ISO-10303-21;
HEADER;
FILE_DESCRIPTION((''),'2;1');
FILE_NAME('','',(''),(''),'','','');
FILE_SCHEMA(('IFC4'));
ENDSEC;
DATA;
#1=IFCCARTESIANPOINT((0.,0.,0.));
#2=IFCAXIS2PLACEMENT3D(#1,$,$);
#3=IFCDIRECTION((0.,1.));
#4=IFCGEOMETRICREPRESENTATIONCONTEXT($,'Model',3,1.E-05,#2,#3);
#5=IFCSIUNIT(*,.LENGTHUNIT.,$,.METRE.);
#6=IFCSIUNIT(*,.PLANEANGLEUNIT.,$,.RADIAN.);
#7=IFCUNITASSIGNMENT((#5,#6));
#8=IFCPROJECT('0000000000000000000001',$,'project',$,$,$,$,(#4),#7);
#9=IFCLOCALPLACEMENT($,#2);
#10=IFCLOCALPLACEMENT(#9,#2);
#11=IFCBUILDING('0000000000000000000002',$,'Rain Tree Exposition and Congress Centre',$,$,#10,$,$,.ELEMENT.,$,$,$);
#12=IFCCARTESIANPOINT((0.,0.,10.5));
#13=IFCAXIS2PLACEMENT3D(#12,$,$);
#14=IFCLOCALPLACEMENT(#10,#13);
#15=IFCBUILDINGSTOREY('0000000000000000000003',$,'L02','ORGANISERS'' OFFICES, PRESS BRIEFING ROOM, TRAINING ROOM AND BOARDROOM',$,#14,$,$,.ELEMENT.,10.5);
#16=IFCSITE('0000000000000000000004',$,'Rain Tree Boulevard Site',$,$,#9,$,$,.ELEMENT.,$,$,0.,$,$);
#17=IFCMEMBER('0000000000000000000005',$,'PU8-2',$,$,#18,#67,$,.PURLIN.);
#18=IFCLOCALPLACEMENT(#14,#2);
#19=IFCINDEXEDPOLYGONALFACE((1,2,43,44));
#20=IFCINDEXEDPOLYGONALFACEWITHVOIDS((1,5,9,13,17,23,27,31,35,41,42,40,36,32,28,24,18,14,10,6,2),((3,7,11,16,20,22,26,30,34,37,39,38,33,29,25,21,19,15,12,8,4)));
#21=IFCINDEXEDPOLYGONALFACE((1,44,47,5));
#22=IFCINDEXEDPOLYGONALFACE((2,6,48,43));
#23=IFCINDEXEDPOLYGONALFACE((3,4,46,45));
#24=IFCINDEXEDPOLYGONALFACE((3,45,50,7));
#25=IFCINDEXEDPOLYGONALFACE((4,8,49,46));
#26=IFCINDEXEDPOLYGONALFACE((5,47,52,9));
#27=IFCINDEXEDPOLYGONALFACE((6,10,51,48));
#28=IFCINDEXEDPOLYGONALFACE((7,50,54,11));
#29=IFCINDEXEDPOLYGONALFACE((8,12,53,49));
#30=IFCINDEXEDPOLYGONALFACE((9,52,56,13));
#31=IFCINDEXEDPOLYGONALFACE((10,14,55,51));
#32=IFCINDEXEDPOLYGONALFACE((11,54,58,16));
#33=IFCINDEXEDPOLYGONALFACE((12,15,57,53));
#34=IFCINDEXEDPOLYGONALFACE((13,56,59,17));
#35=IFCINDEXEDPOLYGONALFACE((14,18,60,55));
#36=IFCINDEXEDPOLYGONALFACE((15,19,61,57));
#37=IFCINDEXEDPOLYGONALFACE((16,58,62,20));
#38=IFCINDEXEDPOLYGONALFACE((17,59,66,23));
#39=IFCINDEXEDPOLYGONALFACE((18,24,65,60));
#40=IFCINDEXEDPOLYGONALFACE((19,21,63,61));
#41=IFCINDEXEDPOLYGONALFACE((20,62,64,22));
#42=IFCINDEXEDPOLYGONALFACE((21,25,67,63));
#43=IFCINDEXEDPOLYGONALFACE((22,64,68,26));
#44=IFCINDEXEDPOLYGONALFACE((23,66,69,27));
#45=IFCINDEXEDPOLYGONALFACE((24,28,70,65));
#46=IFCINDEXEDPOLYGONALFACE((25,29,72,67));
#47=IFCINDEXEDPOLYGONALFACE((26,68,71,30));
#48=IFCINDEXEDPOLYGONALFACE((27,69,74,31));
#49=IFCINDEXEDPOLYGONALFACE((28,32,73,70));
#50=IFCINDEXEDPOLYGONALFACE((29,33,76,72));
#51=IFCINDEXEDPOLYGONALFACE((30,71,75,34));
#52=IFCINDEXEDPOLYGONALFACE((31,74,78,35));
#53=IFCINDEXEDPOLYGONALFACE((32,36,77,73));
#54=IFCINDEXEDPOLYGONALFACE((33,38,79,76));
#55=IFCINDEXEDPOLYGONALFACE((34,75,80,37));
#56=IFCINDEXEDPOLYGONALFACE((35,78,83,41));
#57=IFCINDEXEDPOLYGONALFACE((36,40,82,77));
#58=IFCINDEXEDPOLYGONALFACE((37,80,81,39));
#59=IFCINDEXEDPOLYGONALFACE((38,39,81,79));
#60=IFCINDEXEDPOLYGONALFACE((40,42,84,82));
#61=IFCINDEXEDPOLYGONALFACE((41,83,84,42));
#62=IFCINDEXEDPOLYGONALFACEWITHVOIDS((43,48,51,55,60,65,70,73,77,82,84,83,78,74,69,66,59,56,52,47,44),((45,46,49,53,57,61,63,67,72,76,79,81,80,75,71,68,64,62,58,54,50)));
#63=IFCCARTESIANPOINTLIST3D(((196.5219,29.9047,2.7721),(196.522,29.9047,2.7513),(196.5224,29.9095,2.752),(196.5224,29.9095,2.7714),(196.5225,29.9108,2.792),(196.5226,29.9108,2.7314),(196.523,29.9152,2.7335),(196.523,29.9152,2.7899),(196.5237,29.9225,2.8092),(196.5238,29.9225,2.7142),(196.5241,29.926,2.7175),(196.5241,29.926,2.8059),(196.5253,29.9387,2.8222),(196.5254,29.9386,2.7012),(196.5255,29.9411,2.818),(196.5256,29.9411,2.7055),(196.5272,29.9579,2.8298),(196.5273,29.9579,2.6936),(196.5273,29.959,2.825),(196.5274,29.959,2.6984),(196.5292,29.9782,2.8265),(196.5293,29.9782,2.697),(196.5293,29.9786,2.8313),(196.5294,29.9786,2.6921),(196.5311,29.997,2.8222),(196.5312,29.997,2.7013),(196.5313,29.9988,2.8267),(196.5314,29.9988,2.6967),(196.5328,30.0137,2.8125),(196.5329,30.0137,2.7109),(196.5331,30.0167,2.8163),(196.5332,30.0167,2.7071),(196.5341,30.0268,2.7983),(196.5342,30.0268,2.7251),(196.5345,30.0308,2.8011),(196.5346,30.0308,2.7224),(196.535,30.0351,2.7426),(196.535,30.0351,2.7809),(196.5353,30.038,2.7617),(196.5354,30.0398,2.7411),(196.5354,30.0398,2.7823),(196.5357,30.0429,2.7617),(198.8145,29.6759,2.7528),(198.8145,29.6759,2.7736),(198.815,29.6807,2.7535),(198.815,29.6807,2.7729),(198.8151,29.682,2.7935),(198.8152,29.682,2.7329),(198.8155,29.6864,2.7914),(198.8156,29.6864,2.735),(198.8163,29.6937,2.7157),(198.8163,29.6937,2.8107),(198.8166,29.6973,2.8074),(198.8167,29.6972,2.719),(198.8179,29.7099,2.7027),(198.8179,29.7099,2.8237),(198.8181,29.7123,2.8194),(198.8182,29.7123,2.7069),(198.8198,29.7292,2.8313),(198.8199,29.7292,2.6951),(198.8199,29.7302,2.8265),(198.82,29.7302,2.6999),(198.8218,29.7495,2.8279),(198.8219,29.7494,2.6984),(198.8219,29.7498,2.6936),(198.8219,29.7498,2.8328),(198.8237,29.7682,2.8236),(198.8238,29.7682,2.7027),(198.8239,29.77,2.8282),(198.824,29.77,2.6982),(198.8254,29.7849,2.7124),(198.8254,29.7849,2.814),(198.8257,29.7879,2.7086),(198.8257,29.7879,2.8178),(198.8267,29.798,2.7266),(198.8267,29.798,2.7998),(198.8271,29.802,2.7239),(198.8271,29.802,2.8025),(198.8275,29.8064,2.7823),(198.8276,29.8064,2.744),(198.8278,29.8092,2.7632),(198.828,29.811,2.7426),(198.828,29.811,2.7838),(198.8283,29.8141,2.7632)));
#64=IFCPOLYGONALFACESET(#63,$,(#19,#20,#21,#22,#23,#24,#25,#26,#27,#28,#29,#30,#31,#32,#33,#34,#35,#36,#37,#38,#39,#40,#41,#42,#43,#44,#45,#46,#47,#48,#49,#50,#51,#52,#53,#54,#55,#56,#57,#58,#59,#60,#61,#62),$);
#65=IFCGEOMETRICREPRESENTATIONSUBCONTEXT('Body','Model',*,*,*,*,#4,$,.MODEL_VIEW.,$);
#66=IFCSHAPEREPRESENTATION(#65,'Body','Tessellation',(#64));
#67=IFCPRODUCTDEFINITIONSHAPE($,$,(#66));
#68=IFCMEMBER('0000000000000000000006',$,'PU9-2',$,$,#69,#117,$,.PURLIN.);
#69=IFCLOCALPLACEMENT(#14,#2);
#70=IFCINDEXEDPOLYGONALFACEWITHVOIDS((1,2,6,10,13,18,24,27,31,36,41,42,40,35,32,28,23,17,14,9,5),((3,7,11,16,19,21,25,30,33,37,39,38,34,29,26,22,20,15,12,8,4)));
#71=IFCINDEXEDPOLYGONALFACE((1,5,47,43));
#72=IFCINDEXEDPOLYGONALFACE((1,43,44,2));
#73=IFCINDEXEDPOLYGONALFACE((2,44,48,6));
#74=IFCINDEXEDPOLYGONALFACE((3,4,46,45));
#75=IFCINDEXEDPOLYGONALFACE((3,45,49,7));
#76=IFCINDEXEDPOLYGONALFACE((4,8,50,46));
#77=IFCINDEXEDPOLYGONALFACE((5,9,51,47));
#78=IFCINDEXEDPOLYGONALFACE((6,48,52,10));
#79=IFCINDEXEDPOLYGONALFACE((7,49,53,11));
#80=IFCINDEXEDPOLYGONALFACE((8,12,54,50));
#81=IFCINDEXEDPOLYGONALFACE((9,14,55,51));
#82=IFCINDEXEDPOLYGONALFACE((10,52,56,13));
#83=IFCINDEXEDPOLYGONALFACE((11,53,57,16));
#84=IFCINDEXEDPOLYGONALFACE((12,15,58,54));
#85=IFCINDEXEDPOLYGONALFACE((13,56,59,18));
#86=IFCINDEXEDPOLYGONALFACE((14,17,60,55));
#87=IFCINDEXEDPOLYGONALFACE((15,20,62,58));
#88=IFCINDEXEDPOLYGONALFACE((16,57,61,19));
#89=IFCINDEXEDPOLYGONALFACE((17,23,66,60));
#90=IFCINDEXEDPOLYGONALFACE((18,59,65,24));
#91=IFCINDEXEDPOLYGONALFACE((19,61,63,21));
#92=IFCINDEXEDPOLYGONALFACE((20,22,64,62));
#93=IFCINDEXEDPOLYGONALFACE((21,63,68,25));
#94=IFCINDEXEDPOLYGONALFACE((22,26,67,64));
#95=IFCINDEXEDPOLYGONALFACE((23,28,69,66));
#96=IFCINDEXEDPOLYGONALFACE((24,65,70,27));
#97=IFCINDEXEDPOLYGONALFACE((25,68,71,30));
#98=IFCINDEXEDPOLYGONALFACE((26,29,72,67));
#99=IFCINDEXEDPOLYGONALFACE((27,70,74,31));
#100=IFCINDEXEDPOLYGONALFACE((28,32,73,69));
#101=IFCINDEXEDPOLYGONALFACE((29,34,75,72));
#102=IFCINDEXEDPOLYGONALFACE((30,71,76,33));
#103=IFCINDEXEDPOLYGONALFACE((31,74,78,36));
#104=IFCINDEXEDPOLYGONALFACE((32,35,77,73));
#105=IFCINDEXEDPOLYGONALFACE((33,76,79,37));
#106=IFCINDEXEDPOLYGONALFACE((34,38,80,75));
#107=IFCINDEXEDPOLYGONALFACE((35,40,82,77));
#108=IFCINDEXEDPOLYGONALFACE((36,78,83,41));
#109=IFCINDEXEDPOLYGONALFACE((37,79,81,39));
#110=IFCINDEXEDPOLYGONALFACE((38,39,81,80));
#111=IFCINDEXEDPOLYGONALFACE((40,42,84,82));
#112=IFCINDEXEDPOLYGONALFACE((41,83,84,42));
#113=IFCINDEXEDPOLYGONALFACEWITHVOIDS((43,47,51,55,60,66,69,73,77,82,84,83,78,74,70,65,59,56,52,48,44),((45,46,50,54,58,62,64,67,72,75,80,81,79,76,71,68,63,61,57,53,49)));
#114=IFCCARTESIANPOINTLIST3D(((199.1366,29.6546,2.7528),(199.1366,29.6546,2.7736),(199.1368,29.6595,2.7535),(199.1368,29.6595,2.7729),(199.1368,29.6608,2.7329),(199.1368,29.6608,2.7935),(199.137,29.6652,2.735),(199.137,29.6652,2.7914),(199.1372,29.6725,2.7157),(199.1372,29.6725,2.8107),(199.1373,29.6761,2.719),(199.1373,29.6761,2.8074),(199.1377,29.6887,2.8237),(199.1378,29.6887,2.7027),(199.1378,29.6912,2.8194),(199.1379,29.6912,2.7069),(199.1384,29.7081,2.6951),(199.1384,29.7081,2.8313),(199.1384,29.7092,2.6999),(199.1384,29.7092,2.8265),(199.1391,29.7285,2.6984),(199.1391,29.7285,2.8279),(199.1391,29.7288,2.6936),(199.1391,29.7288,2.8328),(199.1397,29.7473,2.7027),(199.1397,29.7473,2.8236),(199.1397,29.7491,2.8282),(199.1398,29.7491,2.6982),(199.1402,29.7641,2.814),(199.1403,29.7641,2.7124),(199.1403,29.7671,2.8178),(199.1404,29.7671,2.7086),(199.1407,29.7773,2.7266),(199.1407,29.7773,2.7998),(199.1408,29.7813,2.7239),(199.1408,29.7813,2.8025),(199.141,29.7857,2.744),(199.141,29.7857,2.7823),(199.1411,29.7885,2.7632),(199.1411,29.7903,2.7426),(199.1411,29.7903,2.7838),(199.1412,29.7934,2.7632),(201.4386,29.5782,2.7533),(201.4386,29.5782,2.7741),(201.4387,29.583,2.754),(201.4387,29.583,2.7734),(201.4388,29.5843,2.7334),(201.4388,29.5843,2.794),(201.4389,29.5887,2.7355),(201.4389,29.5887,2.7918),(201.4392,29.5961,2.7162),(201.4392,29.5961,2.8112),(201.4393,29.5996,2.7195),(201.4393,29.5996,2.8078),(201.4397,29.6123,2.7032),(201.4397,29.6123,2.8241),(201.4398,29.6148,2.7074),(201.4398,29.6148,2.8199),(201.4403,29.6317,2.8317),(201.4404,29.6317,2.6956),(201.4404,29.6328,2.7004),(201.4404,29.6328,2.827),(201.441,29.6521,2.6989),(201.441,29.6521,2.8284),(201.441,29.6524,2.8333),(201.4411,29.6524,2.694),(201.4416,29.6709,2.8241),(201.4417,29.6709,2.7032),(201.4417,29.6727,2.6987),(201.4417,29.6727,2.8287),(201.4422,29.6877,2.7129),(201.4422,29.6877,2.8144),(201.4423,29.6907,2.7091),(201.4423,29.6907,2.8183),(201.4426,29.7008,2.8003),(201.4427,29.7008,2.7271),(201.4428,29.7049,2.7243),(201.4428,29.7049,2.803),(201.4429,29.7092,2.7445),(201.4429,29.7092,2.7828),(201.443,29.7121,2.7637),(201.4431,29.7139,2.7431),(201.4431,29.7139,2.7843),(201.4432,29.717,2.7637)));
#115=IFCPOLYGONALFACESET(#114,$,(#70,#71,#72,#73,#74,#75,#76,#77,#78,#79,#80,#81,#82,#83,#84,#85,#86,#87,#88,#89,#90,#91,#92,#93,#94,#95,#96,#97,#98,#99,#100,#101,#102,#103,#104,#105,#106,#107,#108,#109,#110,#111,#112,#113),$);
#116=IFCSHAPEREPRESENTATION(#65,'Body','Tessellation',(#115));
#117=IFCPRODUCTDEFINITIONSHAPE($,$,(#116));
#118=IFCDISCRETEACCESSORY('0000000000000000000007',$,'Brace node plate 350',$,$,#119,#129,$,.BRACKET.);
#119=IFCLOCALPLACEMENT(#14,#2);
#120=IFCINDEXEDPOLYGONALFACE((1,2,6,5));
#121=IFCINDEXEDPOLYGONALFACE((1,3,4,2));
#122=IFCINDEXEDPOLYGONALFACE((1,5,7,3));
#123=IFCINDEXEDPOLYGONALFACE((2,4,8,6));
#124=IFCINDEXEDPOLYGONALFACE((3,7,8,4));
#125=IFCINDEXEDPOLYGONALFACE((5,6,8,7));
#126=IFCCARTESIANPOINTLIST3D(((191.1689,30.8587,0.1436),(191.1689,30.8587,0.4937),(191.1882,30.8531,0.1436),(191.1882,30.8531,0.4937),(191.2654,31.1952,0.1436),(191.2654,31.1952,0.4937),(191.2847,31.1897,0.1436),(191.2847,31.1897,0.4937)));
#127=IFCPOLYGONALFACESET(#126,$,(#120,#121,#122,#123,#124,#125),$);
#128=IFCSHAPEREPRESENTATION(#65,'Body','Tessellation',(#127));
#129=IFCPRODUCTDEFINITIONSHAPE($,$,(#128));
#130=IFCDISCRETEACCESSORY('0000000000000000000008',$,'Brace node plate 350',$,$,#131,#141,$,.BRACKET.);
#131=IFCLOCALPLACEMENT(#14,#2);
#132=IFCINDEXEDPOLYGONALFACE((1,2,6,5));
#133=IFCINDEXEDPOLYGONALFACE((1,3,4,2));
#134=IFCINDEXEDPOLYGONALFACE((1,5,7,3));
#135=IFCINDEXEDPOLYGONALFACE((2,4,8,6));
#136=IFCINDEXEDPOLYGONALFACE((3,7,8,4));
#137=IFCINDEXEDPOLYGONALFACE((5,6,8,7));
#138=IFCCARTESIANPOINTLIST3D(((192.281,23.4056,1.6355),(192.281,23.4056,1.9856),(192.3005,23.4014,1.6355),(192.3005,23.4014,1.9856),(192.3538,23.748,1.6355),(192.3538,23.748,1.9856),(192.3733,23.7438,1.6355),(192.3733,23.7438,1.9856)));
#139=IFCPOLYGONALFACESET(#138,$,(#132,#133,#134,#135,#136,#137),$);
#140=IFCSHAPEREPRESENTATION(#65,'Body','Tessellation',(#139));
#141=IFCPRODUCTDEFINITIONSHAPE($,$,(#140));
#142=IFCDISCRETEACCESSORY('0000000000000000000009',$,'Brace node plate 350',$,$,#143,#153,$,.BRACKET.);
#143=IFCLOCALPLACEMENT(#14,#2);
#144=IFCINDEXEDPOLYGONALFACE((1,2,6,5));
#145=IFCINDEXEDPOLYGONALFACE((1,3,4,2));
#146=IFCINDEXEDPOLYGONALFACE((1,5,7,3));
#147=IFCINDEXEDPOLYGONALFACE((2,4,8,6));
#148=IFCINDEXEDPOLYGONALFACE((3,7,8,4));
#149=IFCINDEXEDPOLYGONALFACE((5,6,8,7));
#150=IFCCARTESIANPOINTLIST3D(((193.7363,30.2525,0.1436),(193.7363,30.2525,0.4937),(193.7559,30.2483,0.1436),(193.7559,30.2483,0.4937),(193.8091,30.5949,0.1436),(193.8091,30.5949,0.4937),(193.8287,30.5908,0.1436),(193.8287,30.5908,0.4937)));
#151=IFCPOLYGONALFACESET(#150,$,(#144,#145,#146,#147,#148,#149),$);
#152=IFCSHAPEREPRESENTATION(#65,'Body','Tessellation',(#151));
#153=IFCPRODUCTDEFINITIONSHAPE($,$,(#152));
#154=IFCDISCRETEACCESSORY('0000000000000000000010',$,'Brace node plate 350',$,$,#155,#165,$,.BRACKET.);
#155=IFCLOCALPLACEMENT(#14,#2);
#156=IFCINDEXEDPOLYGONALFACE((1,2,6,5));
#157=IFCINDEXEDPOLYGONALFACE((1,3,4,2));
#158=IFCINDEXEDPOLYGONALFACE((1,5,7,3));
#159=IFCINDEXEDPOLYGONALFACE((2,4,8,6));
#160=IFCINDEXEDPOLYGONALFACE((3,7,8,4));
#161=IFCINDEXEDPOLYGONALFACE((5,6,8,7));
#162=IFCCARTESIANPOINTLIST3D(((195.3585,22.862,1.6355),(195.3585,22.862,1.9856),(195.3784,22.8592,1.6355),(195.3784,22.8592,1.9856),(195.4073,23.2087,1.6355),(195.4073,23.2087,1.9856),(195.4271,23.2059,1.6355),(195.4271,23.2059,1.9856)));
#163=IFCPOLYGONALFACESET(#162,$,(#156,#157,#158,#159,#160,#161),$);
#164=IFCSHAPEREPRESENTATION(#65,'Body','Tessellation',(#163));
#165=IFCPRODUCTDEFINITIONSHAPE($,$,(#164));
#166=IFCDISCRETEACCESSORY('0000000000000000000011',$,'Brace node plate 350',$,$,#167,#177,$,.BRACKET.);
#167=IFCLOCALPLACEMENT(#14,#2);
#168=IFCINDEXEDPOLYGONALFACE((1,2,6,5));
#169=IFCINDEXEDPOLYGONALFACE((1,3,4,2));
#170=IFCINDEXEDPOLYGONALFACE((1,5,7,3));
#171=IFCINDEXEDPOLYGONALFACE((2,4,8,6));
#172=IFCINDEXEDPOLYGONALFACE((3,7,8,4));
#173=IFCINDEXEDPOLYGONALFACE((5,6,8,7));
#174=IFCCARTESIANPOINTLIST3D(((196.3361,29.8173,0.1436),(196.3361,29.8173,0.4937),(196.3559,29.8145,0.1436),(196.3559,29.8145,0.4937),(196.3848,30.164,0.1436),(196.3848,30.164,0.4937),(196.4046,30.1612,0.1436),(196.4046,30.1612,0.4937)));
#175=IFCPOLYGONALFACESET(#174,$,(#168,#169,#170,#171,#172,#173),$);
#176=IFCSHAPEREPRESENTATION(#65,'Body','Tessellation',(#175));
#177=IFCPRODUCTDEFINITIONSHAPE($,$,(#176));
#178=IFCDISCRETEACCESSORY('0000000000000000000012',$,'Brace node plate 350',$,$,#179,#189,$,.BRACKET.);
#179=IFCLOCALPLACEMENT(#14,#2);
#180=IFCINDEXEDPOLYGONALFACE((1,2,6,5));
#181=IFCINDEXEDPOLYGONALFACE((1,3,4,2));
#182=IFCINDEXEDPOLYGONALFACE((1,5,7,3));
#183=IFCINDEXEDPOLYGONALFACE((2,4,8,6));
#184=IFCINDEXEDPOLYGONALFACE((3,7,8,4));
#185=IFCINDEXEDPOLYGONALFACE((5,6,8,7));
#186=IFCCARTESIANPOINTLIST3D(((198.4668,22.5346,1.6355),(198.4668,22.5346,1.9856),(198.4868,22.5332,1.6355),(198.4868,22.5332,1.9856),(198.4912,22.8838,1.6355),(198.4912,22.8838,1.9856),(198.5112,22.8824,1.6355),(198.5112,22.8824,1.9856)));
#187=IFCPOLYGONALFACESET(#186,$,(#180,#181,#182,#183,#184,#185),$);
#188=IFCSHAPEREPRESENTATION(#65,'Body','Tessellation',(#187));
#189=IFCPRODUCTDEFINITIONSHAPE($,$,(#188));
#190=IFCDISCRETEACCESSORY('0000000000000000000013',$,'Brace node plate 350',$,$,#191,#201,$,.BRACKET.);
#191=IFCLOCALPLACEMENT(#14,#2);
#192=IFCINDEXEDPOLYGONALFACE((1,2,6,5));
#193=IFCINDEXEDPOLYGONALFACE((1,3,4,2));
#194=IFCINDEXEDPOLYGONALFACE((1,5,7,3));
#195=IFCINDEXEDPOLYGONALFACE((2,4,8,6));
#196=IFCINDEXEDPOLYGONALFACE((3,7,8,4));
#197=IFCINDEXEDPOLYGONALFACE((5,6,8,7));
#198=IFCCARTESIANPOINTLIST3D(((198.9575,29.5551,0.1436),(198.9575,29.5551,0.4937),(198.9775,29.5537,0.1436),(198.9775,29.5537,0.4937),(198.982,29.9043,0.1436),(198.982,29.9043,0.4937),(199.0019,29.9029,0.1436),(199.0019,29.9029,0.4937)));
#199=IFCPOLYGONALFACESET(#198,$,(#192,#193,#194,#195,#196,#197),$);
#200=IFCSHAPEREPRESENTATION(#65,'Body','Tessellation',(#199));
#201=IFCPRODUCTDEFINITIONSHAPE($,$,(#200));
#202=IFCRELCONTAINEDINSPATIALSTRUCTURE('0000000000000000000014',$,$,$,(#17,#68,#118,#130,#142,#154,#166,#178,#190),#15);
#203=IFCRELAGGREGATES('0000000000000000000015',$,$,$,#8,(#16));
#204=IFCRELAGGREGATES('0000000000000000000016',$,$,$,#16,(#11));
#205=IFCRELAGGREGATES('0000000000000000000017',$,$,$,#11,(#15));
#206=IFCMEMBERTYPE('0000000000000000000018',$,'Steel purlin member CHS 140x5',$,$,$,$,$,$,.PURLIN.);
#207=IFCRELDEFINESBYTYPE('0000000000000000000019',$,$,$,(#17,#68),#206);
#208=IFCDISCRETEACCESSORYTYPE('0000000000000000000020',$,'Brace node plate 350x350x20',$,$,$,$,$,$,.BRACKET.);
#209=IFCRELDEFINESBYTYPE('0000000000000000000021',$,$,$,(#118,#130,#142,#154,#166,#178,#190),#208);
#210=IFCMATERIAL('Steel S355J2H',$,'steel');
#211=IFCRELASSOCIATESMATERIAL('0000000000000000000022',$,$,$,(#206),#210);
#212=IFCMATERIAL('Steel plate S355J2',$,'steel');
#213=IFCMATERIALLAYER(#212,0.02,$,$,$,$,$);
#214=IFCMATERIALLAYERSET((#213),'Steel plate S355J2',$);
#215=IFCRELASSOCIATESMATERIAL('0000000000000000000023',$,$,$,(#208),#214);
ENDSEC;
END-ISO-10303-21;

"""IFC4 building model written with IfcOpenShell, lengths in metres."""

from ifc_helpers import new_model, si_unit, direction, frame, origin, origin_2d, place, context, subcontext, project, spatial, rectangle, hollow_circle, extrude, material, layer, layer_set, material_profile, profile_set, type_object, element, save


model = new_model("IFC4")

# Units and contexts
model_context = context("Model", 3, precision=1e-05, world=origin(), true_north=direction((0.0, 1.0)))
body_context = subcontext(model_context, "Body", "Model", "MODEL_VIEW")
ifc_project = project(units=[si_unit("LENGTHUNIT", "METRE"), si_unit("PLANEANGLEUNIT", "RADIAN")], contexts=[model_context])

# Site, building, storey
site_placement = place(None, origin())
site = spatial("IfcSite", under=ifc_project, at=site_placement, Name="Rain Tree Boulevard Site", CompositionType="ELEMENT", RefElevation=0.0)
building_placement = place(site_placement, origin())
building = spatial("IfcBuilding", under=site, at=building_placement, Name="Rain Tree Exposition and Congress Centre", CompositionType="ELEMENT")
storey_placement = place(building_placement, frame((0.0, 0.0, 10.5)))
storey = spatial("IfcBuildingStorey", under=building, at=storey_placement, Name="L02", Description="ORGANISERS' OFFICES, PRESS BRIEFING ROOM, TRAINING ROOM AND BOARDROOM", CompositionType="ELEMENT", Elevation=10.5)

# Members
ifc_material_1 = material(Name="Steel S355J2H", Category="steel")
ifc_material_profile_1 = material_profile(ifc_material_1, hollow_circle(Radius=0.0698, WallThickness=0.0049, at=origin_2d()), Name="CHS 140x5")
ifc_profile_set_1 = profile_set([ifc_material_profile_1], Name="Steel S355J2H")
member_type_1 = type_object("IfcMemberType", Name="Steel purlin member CHS 140x5", PredefinedType="PURLIN", material=ifc_profile_set_1)
member_1_placement = place(storey_placement, frame((196.5288, 29.9734, 2.7617), z_axis=(0.995058, -0.099294, 0.000636), x_axis=(0.099294, 0.995058, 0.0)))
element("IfcMember", 1, at=member_1_placement, inside=storey, type_object=member_type_1, Name="PU8-2", PredefinedType="PURLIN", context=body_context, shape_type="SweptSolid", body=[
    extrude(hollow_circle(Radius=0.0698, WallThickness=0.0049, at=origin_2d()), origin(), (0.0, 0.0, 1.0), 2.304),
])
member_2_placement = place(storey_placement, frame((199.1389, 29.7236, 2.7632), z_axis=(0.999449, -0.033177, 0.000212), x_axis=(0.033177, 0.999449, 0.0)))
element("IfcMember", 2, at=member_2_placement, inside=storey, type_object=member_type_1, Name="PU9-2", PredefinedType="PURLIN", context=body_context, shape_type="SweptSolid", body=[
    extrude(hollow_circle(Radius=0.0698, WallThickness=0.0049, at=origin_2d()), origin(), (0.0, 0.0, 1.0), 2.3032),
])

# Discrete accessories
ifc_material_2 = material(Name="Steel plate S355J2", Category="steel")
ifc_layer = layer(ifc_material_2, 0.02)
ifc_layer_set = layer_set([ifc_layer], Name="Steel plate S355J2")
discrete_accessory_type = type_object("IfcDiscreteAccessoryType", Name="Brace node plate 350x350x20", PredefinedType="BRACKET", material=ifc_layer_set)
for number, where, z_axis, x_axis, name in (
    (3, (191.2268, 31.0242, 0.1436), (0.0, 0.0, 1.0), (-0.275637, -0.961262, 0.0), "Brace node plate 350"),
    (4, (192.3271, 23.5747, 1.6355), (0.0, 0.0, 1.0), (0.207912, 0.978148, 0.0), "Brace node plate 350"),
    (5, (193.7825, 30.4216, 0.1436), (0.0, 0.0, 1.0), (-0.207912, -0.978148, 0.0), "Brace node plate 350"),
    (6, (195.3928, 23.0339, 1.6355), (0.0, 0.0, 1.0), (0.139173, 0.990268, 0.0), "Brace node plate 350"),
    (7, (196.3704, 29.9893, 0.1436), (0.0, 0.0, 1.0), (-0.139173, -0.990268, 0.0), "Brace node plate 350"),
    (8, (198.489, 22.7085, 1.6355), (0.0, 0.0, 1.0), (0.069756, 0.997564, 0.0), "Brace node plate 350"),
    (9, (198.9797, 29.729, 0.1436), (0.0, 0.0, 1.0), (-0.069756, -0.997564, 0.0), "Brace node plate 350"),
):
    element("IfcDiscreteAccessory", number, at=place(storey_placement, frame(where, z_axis=z_axis, x_axis=x_axis)), inside=storey, type_object=discrete_accessory_type, Name=name, PredefinedType="BRACKET", context=body_context, shape_type="SweptSolid", body=[
        extrude(rectangle(XDim=0.3501, YDim=0.02, at=origin_2d()), origin(), (0.0, 0.0, 1.0), 0.3501),
    ])

save(model, "model.ifc")
